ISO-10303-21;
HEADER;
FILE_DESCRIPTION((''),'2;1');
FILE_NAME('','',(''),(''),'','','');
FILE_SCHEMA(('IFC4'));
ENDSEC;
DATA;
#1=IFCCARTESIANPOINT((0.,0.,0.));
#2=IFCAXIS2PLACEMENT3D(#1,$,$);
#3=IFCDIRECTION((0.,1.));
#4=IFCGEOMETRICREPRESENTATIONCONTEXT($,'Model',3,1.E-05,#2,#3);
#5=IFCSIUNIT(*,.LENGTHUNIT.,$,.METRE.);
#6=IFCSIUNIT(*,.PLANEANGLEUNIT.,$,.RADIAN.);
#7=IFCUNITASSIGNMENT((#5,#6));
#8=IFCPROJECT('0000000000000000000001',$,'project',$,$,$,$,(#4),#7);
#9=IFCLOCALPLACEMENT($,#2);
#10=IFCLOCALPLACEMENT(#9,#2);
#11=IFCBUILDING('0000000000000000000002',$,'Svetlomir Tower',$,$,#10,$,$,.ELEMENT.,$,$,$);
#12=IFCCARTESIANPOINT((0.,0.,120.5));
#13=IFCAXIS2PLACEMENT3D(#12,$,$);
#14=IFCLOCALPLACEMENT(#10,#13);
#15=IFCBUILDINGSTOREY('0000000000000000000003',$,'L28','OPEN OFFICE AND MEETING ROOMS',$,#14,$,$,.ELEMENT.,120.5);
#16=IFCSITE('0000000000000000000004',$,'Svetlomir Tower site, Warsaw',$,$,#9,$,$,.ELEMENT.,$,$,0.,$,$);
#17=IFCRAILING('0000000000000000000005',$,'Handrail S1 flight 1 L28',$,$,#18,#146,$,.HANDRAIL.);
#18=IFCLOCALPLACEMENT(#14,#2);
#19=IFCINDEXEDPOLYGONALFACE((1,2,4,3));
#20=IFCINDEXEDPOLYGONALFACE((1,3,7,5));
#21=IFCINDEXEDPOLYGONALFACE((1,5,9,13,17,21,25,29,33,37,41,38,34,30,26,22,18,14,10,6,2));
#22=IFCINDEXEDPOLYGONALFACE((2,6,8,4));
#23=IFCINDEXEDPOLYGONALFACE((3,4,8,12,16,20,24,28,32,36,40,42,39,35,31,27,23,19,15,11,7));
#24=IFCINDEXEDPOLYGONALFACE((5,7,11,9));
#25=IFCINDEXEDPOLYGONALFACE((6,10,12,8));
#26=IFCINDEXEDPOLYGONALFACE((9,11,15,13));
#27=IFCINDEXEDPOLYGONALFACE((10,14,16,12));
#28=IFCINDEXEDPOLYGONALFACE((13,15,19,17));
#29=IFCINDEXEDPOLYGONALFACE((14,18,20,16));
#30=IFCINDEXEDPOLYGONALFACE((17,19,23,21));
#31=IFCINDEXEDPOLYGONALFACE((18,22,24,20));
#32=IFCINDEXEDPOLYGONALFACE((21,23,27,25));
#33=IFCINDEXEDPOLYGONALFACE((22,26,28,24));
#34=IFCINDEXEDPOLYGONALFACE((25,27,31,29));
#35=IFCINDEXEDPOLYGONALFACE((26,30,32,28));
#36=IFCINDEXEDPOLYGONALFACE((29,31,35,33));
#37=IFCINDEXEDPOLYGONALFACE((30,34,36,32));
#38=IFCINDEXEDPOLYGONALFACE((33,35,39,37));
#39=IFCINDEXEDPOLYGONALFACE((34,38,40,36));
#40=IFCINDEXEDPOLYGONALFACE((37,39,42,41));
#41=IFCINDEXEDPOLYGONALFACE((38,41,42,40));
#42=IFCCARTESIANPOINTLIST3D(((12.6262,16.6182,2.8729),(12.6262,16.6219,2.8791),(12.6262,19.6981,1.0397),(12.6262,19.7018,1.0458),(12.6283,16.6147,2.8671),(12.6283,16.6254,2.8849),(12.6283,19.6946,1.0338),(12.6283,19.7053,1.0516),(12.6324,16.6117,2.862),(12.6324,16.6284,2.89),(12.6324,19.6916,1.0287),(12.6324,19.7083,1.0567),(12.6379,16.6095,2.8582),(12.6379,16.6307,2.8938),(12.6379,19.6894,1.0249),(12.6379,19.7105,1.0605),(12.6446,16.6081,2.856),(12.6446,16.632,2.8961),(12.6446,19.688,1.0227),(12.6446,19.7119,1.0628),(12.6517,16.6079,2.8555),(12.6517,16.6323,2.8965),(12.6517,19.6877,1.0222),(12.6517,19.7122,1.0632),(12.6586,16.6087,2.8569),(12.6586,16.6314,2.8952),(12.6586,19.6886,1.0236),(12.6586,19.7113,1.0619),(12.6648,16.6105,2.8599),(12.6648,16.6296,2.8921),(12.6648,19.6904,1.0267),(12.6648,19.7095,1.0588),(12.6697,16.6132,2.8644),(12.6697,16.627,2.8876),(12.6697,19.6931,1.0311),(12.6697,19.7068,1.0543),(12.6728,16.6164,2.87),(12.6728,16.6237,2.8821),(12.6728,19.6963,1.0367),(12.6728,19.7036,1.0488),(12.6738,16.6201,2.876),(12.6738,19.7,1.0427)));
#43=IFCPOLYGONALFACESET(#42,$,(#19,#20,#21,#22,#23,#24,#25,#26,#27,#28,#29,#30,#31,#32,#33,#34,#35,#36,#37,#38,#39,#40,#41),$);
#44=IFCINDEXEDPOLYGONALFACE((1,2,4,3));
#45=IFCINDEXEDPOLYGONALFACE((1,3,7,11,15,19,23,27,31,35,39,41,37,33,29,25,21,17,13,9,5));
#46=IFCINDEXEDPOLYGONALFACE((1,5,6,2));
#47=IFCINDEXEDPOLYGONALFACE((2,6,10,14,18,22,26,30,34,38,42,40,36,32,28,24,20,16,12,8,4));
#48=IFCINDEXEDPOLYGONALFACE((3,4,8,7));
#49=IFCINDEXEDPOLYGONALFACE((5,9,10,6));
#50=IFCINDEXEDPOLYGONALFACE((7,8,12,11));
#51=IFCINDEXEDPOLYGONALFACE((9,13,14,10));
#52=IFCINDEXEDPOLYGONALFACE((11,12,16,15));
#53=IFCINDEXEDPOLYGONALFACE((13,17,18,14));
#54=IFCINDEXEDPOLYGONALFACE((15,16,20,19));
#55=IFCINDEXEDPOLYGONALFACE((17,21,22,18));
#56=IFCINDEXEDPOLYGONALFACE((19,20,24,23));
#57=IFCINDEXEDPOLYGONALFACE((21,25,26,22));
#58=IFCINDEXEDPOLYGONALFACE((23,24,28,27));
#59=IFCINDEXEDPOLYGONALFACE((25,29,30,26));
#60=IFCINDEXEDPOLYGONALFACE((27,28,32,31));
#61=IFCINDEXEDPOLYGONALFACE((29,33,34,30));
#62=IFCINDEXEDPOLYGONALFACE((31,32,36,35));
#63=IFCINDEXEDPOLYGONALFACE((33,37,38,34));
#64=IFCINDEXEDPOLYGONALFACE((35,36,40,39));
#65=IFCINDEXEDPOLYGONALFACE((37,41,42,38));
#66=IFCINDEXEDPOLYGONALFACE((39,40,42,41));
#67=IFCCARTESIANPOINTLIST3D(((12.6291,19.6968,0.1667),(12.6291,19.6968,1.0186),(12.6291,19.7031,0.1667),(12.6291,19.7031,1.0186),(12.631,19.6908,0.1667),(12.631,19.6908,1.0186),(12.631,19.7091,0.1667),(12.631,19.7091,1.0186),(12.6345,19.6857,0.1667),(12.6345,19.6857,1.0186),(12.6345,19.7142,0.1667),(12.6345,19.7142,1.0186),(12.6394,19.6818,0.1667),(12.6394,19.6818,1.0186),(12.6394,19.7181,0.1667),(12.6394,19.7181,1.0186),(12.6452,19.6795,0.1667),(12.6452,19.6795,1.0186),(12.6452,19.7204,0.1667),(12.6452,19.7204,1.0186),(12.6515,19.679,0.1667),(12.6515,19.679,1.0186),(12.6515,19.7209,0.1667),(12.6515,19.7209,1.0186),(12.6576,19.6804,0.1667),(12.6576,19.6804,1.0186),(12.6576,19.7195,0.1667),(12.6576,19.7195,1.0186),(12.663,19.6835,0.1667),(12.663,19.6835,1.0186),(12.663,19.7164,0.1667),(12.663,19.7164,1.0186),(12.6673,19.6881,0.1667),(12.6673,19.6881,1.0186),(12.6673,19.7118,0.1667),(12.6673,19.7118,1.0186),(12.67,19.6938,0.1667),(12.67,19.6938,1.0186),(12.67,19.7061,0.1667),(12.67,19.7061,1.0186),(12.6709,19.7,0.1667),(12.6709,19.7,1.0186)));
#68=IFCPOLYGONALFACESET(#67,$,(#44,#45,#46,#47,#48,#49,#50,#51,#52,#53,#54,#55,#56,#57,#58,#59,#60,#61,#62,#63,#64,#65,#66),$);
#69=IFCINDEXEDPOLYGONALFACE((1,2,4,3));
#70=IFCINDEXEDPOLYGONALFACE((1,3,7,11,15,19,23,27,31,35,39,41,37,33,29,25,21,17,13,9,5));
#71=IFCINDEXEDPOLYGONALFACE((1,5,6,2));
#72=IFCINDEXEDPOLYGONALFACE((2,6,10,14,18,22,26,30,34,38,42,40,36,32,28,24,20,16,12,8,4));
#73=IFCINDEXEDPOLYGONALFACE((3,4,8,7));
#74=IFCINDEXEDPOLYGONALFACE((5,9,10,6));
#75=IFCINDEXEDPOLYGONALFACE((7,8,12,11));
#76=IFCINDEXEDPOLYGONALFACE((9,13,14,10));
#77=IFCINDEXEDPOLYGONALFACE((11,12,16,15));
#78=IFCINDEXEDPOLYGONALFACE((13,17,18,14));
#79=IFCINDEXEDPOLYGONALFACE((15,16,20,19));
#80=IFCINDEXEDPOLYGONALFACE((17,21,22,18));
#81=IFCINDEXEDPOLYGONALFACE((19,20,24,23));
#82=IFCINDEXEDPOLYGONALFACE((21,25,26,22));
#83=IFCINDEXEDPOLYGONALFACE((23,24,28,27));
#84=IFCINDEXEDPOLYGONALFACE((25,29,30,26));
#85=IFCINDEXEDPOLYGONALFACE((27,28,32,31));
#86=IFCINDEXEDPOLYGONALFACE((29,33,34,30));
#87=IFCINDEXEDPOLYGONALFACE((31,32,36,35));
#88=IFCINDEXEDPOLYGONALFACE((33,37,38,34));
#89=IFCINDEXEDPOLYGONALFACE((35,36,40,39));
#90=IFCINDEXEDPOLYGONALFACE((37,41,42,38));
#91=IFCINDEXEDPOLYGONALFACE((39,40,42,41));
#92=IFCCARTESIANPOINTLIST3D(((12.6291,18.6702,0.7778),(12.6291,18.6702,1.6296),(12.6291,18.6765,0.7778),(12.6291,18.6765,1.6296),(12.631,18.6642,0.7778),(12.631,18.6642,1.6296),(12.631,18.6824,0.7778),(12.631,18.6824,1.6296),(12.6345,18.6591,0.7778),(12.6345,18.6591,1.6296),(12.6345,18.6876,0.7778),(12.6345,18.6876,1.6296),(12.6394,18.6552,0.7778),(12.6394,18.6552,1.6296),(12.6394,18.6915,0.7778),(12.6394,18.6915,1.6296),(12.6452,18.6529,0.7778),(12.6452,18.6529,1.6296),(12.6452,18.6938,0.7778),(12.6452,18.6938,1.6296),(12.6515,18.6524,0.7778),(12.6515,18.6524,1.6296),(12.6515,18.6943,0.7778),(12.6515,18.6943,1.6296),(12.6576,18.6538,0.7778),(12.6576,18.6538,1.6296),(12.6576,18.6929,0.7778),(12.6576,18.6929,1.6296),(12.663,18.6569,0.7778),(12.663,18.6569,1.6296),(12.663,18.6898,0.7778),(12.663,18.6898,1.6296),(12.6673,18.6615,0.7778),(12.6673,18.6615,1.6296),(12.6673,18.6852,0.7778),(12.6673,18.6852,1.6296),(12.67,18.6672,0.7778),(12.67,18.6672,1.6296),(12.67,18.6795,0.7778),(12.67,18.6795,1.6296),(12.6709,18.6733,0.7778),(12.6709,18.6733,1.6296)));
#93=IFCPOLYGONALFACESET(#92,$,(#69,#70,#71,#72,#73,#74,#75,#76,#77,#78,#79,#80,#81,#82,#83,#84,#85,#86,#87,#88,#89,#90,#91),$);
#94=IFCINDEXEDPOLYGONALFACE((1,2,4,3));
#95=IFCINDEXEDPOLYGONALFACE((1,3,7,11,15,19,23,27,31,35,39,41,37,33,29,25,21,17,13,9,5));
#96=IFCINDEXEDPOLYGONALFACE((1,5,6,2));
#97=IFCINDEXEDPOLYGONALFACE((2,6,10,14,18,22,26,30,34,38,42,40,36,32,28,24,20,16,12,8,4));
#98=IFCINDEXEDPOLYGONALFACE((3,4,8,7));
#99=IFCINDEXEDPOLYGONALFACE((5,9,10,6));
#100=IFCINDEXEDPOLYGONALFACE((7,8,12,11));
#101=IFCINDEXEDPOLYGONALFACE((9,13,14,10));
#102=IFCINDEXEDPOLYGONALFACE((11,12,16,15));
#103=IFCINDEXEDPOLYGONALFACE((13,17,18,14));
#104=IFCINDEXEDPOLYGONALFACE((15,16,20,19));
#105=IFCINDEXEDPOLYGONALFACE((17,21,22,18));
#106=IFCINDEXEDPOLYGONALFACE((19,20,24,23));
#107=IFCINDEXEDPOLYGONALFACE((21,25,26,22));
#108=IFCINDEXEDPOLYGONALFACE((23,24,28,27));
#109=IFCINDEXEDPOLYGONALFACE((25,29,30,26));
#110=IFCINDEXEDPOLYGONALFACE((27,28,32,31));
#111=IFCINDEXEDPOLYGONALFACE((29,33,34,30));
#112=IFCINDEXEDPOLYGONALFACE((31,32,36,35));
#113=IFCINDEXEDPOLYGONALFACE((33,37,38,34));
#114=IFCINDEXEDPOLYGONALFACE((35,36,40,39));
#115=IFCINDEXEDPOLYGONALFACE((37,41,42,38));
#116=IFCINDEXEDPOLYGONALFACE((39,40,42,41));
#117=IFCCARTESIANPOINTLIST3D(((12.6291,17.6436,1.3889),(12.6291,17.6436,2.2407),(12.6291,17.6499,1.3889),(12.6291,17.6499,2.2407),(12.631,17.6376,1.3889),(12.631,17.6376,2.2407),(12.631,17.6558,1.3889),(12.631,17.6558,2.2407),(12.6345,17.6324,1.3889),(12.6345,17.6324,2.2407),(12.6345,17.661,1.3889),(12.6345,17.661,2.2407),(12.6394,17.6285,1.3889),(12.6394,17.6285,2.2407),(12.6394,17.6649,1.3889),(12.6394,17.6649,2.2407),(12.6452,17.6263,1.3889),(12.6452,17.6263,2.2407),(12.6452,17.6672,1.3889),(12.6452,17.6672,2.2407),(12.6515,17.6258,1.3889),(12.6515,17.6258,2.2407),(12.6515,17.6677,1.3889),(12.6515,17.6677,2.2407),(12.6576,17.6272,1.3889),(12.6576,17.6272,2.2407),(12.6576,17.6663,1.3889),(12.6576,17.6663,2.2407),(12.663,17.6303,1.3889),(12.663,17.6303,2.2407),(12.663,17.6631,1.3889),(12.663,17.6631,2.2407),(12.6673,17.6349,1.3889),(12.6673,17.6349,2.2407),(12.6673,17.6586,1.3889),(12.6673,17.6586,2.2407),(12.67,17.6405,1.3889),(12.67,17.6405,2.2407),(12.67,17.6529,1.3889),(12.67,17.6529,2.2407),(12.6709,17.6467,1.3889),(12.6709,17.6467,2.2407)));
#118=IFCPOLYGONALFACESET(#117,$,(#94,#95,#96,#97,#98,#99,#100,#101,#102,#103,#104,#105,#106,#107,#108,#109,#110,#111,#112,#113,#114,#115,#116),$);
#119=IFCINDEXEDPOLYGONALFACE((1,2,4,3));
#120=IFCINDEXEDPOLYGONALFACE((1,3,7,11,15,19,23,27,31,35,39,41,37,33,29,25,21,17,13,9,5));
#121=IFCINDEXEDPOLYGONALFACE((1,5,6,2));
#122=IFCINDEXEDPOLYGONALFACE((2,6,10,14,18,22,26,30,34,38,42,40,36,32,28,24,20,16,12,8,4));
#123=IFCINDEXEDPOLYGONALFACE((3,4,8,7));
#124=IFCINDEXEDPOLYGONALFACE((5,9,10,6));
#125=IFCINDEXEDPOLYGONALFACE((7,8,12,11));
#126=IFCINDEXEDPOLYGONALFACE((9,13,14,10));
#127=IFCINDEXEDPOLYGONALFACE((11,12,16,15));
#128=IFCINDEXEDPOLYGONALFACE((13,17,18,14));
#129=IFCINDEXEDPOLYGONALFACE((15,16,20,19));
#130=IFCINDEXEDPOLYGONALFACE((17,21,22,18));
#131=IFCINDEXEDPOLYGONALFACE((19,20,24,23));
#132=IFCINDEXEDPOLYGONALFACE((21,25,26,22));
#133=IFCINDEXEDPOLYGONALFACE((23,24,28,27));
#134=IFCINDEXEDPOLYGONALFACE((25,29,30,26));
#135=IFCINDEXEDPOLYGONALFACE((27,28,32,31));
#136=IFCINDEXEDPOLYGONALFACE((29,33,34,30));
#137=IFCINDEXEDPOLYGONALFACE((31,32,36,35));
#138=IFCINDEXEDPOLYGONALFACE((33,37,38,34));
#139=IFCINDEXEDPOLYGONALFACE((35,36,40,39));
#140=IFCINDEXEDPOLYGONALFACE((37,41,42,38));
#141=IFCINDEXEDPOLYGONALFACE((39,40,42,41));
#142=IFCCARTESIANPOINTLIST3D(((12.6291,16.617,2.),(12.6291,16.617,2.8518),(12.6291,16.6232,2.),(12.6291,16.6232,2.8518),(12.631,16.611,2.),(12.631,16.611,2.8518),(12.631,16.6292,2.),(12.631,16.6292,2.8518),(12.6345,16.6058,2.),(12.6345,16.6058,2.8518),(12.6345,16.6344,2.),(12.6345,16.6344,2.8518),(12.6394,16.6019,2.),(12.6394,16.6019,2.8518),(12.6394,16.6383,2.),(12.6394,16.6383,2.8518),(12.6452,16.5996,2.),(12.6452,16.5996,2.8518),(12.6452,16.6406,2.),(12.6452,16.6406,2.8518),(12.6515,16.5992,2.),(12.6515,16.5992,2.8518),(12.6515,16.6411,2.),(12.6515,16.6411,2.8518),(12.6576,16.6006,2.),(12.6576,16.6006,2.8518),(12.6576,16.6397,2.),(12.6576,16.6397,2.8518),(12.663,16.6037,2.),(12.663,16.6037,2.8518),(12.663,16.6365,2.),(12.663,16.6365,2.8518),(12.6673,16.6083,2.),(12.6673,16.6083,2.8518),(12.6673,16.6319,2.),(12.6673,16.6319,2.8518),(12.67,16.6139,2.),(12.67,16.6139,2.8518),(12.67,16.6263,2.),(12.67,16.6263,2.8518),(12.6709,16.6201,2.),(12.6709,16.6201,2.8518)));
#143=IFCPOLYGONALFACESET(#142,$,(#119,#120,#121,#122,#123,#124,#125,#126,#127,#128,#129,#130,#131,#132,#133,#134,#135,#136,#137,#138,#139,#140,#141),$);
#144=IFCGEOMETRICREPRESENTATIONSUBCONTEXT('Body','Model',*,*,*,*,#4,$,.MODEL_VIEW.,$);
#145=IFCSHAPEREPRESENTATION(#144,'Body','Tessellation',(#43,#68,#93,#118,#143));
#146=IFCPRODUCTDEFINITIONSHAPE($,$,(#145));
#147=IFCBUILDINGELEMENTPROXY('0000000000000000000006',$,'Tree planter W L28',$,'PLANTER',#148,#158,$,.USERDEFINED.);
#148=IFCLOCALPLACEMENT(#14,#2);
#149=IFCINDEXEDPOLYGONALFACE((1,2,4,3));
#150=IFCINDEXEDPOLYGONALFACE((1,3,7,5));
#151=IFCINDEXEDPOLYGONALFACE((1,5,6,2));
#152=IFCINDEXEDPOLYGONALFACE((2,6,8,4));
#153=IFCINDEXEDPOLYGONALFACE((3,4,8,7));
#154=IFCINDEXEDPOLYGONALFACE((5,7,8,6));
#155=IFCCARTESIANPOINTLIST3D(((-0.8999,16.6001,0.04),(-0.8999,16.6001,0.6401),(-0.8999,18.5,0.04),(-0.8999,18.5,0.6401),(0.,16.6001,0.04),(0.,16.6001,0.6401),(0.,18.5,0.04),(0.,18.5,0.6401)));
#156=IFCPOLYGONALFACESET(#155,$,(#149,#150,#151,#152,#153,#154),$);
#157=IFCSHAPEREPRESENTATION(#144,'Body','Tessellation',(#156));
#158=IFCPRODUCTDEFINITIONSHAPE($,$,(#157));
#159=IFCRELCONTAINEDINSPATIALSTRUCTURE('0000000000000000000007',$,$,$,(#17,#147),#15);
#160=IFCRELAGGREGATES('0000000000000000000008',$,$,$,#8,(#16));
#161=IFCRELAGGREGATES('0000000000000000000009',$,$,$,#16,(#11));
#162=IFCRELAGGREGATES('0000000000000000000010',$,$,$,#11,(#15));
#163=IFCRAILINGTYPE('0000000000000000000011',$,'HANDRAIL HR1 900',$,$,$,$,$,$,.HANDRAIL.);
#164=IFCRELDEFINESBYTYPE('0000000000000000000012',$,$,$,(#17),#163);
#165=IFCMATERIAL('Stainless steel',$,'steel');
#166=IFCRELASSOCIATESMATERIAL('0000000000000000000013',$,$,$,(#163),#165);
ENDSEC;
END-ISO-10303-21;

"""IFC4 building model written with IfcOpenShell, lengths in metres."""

from ifc_helpers import new_model, si_unit, direction, frame, origin, origin_2d, place, context, subcontext, project, spatial, rectangle, circle, extrude, material, type_object, element, save


model = new_model("IFC4")

# Units and contexts
model_context = context("Model", 3, precision=1e-05, world=origin(), true_north=direction((0.0, 1.0)))
body_context = subcontext(model_context, "Body", "Model", "MODEL_VIEW")
ifc_project = project(units=[si_unit("LENGTHUNIT", "METRE"), si_unit("PLANEANGLEUNIT", "RADIAN")], contexts=[model_context])

# Site, building, storey
site_placement = place(None, origin())
site = spatial("IfcSite", under=ifc_project, at=site_placement, Name="Svetlomir Tower site, Warsaw", CompositionType="ELEMENT", RefElevation=0.0)
building_placement = place(site_placement, origin())
building = spatial("IfcBuilding", under=site, at=building_placement, Name="Svetlomir Tower", CompositionType="ELEMENT")
storey_placement = place(building_placement, frame((0.0, 0.0, 120.5)))
storey = spatial("IfcBuildingStorey", under=building, at=storey_placement, Name="L28", Description="OPEN OFFICE AND MEETING ROOMS", CompositionType="ELEMENT", Elevation=120.5)

# Railing
ifc_material_1 = material(Name="Stainless steel", Category="steel")
railing_type_1 = type_object("IfcRailingType", Name="HANDRAIL HR1 900", PredefinedType="HANDRAIL", material=ifc_material_1)
railing_1_placement = place(storey_placement, frame((12.6499, 19.7, 0.1667)))
element("IfcRailing", 1, at=railing_1_placement, inside=storey, type_object=railing_type_1, Name="Handrail S1 flight 1 L28", PredefinedType="HANDRAIL", context=body_context, shape_type="SweptSolid", body=[
    extrude(circle(Radius=0.0239, at=origin_2d()), frame((0.0, 0.0, 0.876), z_axis=(0.0, -0.859291, 0.511487), x_axis=(1.0, 0.0, 0.0)), (0.0, 0.0, 1.0), 3.5842),
    extrude(circle(Radius=0.021, at=origin_2d()), origin(), (0.0, 0.0, 1.0), 0.8518),
    extrude(circle(Radius=0.021, at=origin_2d()), frame((0.0, -1.0266, 0.6111)), (0.0, 0.0, 1.0), 0.8518),
    extrude(circle(Radius=0.021, at=origin_2d()), frame((0.0, -2.0532, 1.2222)), (0.0, 0.0, 1.0), 0.8518),
    extrude(circle(Radius=0.021, at=origin_2d()), frame((0.0, -3.0798, 1.8333)), (0.0, 0.0, 1.0), 0.8518),
])

# Building element proxy
proxy_placement = place(storey_placement, frame((-0.45, 17.55, 0.04), z_axis=(0.0, 0.0, 1.0), x_axis=(1.0, 0.0, 0.0)))
element("IfcBuildingElementProxy", 2, at=proxy_placement, inside=storey, Name="Tree planter W L28", ObjectType="PLANTER", PredefinedType="USERDEFINED", context=body_context, shape_type="SweptSolid", body=[
    extrude(rectangle(XDim=0.8999, YDim=1.8999, at=origin_2d()), origin(), (0.0, 0.0, 1.0), 0.6001),
])

save(model, "model.ifc")
